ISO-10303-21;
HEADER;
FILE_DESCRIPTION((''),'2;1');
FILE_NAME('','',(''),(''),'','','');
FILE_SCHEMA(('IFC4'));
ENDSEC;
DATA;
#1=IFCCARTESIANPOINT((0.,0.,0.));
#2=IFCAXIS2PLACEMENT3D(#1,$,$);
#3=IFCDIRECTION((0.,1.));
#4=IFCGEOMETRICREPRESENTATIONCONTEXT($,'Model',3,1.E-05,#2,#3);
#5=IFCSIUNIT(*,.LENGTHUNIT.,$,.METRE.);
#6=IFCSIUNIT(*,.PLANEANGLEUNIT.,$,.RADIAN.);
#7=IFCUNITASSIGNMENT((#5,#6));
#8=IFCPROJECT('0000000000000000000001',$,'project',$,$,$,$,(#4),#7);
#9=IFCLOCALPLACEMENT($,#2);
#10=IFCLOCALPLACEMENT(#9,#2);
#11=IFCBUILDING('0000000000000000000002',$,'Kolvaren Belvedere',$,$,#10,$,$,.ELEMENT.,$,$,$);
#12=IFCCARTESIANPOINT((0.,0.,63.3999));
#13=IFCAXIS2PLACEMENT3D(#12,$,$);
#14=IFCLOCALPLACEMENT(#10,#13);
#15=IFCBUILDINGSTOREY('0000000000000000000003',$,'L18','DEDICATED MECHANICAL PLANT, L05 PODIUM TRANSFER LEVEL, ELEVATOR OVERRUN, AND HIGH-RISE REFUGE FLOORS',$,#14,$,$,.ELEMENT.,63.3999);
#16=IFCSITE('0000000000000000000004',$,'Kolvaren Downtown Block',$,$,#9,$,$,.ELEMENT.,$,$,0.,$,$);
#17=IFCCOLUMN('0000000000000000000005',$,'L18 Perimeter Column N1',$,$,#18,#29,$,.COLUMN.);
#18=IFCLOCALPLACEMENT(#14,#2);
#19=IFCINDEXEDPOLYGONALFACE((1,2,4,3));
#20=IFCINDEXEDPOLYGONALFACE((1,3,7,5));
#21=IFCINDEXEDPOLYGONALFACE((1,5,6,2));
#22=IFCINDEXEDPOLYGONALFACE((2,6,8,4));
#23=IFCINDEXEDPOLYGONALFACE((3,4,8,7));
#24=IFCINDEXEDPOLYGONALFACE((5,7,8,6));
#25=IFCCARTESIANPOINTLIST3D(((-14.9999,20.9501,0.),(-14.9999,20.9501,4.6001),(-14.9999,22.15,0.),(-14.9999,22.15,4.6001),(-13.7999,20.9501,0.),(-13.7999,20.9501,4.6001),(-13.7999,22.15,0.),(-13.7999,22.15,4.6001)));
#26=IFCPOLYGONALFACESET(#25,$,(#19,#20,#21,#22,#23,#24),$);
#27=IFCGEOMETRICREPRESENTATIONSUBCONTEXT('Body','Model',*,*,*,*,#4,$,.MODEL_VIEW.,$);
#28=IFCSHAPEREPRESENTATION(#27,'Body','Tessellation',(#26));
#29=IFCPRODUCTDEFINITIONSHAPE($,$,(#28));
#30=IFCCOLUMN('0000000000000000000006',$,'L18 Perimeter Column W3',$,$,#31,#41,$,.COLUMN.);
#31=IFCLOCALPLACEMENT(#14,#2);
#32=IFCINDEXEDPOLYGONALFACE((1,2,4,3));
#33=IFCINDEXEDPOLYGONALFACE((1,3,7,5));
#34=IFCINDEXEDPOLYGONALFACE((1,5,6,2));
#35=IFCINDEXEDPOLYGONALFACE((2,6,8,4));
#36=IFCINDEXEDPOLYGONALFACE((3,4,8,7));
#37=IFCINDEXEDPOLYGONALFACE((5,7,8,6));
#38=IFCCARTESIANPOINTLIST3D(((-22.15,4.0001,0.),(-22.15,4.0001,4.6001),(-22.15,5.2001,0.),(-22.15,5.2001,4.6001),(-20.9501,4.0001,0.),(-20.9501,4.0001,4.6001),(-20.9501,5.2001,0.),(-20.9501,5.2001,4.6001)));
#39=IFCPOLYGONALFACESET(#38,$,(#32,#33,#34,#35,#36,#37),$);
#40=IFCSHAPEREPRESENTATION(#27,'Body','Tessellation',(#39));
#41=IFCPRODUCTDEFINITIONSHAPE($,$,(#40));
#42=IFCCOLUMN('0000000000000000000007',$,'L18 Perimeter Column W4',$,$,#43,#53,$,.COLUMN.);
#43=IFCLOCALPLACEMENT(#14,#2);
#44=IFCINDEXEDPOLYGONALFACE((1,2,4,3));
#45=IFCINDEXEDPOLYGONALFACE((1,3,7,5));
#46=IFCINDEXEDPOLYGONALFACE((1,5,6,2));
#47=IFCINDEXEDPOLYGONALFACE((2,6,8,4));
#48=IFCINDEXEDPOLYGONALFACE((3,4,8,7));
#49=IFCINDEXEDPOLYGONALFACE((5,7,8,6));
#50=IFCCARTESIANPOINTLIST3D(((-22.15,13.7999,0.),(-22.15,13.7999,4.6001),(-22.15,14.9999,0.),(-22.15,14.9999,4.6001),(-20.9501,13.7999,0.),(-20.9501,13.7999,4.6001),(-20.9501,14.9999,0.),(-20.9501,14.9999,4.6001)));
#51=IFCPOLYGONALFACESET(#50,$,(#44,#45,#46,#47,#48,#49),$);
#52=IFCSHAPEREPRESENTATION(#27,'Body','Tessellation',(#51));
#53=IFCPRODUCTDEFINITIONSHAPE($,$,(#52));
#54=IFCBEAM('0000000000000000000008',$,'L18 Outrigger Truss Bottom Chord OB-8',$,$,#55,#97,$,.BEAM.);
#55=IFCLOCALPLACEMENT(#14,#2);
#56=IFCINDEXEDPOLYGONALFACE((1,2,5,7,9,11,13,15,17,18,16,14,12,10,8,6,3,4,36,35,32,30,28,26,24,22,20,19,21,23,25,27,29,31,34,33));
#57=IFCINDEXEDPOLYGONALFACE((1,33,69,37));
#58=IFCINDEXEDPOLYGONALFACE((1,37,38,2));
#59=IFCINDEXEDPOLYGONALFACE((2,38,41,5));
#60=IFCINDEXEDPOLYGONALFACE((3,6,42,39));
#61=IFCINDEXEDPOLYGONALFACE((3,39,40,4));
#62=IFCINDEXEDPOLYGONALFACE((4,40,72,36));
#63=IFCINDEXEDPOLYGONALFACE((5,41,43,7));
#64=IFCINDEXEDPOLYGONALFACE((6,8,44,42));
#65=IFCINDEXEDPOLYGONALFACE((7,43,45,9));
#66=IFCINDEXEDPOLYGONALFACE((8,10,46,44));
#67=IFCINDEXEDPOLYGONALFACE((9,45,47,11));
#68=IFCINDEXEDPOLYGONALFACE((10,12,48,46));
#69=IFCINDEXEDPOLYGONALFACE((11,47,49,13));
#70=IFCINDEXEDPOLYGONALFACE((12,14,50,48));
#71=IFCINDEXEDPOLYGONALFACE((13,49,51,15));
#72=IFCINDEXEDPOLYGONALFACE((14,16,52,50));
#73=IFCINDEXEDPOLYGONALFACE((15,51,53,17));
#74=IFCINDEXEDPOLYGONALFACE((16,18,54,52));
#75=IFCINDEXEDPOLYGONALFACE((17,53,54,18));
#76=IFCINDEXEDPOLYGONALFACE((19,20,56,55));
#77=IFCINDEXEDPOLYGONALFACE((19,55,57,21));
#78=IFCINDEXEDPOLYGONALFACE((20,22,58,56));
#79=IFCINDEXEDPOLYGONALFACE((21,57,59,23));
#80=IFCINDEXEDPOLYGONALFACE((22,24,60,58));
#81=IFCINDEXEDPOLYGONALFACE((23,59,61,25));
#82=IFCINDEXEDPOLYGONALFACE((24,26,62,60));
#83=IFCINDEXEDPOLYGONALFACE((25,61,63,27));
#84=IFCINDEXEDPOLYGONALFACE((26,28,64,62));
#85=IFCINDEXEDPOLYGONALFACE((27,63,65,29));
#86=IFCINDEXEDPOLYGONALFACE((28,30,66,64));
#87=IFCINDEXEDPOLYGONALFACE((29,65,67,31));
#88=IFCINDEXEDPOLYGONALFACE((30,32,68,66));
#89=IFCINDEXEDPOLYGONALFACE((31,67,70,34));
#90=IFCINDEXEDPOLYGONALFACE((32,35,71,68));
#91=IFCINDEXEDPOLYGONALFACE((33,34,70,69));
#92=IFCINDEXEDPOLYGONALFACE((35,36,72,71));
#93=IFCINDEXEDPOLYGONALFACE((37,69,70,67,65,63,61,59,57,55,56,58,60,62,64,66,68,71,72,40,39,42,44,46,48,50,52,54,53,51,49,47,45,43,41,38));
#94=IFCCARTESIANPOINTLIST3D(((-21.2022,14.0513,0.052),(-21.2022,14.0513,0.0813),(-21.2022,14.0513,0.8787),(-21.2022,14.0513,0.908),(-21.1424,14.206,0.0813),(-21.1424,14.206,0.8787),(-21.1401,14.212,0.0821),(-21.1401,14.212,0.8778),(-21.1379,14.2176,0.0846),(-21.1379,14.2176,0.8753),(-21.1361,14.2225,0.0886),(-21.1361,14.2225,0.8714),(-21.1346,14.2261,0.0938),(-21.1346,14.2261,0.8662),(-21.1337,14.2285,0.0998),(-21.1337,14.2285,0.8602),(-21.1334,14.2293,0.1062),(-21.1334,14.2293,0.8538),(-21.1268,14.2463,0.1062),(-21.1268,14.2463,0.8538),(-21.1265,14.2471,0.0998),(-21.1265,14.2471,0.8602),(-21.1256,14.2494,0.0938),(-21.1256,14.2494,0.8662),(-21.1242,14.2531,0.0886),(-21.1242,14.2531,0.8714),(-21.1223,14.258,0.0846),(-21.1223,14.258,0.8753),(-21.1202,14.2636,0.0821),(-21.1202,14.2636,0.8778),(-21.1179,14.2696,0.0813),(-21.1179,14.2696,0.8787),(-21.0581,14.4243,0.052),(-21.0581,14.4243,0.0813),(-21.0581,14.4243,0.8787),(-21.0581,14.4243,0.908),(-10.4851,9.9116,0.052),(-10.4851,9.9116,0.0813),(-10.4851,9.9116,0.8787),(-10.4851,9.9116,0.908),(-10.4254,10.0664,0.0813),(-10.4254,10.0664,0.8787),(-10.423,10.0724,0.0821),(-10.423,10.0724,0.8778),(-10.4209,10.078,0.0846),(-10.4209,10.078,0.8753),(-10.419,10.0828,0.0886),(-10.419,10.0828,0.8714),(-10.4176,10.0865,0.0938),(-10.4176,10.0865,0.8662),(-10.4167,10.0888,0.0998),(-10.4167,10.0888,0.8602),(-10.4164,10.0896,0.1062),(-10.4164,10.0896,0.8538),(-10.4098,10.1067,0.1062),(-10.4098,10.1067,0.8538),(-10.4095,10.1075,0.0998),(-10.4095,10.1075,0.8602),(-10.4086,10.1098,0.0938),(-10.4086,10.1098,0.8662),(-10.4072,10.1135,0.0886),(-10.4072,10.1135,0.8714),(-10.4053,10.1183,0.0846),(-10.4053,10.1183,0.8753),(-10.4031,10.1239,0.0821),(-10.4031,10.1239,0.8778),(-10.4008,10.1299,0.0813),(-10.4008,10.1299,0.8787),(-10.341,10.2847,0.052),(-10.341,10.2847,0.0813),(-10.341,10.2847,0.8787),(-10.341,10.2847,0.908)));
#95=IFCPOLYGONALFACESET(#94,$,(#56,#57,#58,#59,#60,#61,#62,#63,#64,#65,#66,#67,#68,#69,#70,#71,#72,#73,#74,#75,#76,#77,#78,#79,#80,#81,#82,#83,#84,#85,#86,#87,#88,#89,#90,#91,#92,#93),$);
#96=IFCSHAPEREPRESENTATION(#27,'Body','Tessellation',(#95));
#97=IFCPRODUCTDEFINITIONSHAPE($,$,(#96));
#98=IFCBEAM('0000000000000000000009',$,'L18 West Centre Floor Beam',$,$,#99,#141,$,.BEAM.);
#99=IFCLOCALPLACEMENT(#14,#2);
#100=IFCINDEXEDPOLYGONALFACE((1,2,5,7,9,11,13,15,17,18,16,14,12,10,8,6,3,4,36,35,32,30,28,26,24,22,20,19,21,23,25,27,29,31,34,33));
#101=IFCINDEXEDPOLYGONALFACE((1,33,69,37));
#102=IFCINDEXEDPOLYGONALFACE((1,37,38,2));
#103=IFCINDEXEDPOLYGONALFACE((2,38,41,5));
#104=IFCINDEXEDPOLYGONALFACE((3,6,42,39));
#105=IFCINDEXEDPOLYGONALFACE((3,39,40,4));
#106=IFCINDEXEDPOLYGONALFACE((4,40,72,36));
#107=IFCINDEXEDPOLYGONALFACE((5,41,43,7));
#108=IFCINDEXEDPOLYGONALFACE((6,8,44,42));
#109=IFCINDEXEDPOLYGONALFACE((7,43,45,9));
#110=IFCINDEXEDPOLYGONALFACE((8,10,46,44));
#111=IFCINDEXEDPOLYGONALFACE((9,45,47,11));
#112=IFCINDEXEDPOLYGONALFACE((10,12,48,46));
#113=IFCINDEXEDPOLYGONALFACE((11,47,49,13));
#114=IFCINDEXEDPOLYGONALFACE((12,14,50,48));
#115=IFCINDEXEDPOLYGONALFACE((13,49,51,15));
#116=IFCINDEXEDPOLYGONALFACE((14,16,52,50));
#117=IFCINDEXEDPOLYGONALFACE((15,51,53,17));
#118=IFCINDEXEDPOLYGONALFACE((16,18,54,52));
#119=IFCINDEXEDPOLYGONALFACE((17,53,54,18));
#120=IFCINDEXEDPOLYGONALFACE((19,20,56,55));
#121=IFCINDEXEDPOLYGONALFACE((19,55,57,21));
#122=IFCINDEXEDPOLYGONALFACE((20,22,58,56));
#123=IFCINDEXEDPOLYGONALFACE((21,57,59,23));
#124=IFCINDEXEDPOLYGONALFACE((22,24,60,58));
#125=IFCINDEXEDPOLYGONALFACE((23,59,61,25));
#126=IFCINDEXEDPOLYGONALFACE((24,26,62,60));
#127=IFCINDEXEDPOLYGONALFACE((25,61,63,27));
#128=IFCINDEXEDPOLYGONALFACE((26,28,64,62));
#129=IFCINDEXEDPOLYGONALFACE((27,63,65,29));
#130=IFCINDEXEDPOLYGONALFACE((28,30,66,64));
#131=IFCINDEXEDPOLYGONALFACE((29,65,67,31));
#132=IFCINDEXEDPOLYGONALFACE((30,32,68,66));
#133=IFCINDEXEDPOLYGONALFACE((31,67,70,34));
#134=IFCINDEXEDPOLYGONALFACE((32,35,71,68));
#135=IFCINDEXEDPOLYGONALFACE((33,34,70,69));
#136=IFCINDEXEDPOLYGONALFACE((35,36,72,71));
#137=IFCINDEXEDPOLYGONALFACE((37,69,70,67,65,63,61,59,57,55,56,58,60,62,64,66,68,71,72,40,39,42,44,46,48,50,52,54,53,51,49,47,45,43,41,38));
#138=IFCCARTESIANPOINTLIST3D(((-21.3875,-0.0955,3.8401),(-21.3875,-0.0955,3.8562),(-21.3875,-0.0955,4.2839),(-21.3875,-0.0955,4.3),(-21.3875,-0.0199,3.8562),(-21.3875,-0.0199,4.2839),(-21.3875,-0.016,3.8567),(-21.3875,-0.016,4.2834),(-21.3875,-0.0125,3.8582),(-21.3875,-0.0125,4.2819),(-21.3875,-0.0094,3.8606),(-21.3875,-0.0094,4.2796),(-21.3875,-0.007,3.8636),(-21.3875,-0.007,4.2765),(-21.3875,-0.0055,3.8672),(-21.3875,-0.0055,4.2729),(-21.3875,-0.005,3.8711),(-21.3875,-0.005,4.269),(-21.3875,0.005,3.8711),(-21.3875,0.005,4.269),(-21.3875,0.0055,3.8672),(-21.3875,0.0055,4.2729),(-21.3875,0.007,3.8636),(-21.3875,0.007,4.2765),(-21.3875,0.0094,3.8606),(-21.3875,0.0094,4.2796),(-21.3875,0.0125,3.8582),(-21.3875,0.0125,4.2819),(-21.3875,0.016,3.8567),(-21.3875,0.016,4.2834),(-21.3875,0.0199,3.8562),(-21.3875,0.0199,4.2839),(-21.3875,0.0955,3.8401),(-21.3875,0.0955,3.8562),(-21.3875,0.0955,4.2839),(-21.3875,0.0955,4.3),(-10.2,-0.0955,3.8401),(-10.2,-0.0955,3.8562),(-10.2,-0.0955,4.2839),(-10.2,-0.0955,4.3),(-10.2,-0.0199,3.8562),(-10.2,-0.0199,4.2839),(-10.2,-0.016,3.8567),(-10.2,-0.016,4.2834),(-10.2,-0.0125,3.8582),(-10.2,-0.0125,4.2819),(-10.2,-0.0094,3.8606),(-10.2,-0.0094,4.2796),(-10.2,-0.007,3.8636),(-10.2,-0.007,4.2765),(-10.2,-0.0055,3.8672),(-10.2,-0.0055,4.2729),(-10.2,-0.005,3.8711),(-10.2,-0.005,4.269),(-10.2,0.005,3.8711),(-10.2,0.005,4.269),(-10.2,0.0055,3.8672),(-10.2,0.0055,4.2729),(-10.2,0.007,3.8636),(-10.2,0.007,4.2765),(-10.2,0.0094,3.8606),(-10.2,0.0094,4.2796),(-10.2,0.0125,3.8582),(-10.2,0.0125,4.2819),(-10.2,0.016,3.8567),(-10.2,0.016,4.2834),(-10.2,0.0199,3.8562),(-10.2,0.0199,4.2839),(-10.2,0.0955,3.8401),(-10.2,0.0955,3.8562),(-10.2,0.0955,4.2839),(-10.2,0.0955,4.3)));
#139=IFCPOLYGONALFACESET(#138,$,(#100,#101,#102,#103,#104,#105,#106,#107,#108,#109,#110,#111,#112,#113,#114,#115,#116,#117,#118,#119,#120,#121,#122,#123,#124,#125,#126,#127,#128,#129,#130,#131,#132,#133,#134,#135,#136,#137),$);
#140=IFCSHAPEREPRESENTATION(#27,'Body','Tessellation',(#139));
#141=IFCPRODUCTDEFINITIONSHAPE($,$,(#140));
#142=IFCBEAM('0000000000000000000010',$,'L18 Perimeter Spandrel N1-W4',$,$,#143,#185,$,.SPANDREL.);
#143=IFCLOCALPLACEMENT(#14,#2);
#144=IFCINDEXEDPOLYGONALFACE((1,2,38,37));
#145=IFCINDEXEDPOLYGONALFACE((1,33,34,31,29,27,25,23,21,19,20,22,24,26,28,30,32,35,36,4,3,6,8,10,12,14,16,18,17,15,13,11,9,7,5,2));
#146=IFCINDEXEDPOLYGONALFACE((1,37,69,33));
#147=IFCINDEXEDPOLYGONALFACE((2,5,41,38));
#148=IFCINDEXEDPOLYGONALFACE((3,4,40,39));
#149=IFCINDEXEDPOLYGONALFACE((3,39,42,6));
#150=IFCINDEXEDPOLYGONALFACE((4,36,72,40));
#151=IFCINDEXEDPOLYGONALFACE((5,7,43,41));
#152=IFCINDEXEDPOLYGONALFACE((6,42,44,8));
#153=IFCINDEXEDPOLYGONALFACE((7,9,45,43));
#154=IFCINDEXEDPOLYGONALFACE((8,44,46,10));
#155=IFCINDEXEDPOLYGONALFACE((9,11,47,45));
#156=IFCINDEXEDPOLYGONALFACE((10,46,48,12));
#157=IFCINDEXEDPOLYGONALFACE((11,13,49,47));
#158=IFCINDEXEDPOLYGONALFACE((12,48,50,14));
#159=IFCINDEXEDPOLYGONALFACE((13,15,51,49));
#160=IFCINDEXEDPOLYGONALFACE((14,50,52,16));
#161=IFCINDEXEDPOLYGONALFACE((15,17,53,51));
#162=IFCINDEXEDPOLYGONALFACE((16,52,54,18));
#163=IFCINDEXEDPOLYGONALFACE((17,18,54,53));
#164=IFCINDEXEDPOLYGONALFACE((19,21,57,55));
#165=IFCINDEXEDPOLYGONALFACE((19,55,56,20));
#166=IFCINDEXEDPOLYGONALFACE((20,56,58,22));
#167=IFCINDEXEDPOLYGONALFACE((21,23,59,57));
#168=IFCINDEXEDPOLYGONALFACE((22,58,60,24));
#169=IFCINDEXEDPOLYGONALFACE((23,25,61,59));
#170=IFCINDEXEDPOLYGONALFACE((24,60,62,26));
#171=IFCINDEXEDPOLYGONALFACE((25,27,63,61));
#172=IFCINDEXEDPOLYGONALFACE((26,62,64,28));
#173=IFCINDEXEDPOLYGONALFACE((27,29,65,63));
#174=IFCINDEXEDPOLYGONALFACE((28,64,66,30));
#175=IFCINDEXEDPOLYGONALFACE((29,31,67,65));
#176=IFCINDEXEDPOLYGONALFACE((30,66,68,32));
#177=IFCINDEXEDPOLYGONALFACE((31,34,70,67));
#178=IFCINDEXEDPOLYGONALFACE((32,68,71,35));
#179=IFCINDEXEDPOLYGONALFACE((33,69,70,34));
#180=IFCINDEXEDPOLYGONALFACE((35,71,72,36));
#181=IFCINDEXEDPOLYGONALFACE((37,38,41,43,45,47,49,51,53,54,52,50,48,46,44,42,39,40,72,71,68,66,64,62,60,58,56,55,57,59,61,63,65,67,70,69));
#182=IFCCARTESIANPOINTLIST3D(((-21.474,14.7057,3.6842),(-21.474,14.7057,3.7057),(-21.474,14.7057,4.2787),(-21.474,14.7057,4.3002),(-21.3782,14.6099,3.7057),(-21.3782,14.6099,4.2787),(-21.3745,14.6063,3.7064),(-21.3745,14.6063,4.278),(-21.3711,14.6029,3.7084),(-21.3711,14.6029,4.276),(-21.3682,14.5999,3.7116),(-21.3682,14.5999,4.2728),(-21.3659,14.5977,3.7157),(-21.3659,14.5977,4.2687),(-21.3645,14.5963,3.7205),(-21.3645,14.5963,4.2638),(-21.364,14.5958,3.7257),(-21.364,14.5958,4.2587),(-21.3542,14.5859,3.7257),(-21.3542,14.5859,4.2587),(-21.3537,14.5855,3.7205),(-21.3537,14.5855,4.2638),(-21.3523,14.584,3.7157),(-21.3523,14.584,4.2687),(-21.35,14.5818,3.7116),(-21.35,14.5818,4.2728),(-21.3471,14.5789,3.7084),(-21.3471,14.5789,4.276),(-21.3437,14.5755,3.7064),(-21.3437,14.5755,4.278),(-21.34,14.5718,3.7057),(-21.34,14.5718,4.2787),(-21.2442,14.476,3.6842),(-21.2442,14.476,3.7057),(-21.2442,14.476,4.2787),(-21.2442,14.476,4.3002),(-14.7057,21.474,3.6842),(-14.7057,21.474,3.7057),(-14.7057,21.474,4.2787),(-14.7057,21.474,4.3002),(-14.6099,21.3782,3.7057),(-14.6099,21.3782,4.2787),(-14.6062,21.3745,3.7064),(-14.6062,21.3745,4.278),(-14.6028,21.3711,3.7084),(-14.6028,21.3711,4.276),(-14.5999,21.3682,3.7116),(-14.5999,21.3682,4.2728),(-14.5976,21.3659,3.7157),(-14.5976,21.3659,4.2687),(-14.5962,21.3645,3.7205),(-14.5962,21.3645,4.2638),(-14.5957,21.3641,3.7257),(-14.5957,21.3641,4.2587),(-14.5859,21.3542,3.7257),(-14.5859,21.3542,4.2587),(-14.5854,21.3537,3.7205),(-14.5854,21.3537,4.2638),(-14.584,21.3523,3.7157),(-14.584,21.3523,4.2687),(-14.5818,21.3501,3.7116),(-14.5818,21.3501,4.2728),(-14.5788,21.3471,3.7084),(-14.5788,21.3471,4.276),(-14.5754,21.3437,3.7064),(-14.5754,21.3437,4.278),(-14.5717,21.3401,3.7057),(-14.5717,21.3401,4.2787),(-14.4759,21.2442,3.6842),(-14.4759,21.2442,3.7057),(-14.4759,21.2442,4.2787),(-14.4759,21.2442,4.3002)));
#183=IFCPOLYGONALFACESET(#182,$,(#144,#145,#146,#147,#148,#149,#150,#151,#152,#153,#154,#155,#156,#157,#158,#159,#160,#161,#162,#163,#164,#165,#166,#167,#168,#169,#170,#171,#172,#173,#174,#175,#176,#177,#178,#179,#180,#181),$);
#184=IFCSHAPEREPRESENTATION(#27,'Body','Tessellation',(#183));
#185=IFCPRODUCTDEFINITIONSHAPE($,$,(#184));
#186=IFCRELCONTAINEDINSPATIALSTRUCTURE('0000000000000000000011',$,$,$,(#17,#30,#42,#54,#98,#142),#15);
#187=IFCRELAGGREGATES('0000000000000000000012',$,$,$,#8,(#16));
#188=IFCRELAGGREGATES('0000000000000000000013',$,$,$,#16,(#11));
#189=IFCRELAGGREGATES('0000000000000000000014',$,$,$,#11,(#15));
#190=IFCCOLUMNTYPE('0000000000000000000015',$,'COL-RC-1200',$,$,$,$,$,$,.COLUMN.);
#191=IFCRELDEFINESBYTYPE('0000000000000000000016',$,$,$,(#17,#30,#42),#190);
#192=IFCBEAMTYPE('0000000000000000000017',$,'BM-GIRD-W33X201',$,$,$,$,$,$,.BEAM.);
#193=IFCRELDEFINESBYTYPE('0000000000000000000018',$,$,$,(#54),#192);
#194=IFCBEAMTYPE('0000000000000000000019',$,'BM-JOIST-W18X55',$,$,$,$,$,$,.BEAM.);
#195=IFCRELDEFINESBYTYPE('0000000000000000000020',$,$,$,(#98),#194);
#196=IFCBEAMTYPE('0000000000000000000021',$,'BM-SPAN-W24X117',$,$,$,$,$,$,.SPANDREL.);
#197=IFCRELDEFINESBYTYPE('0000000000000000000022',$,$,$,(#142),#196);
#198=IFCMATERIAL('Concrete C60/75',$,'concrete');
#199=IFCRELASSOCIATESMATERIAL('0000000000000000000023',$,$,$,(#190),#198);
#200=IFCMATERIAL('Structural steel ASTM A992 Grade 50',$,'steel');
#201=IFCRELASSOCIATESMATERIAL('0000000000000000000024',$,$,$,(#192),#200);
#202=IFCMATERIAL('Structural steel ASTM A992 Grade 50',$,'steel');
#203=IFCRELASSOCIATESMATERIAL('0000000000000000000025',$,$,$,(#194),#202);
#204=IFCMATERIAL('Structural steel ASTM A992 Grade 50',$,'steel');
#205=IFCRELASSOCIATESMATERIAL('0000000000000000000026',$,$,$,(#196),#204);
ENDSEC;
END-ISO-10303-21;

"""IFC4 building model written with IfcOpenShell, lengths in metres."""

from ifc_helpers import new_model, si_unit, direction, frame, origin, origin_2d, place, context, subcontext, project, spatial, rectangle, i_section, extrude, material, material_profile, profile_set, type_object, element, save


model = new_model("IFC4")

# Units and contexts
model_context = context("Model", 3, precision=1e-05, world=origin(), true_north=direction((0.0, 1.0)))
body_context = subcontext(model_context, "Body", "Model", "MODEL_VIEW")
ifc_project = project(units=[si_unit("LENGTHUNIT", "METRE"), si_unit("PLANEANGLEUNIT", "RADIAN")], contexts=[model_context])

# Site, building, storey
site_placement = place(None, origin())
site = spatial("IfcSite", under=ifc_project, at=site_placement, Name="Kolvaren Downtown Block", CompositionType="ELEMENT", RefElevation=0.0)
building_placement = place(site_placement, origin())
building = spatial("IfcBuilding", under=site, at=building_placement, Name="Kolvaren Belvedere", CompositionType="ELEMENT")
storey_placement = place(building_placement, frame((0.0, 0.0, 63.3999)))
storey = spatial("IfcBuildingStorey", under=building, at=storey_placement, Name="L18", Description="DEDICATED MECHANICAL PLANT, L05 PODIUM TRANSFER LEVEL, ELEVATOR OVERRUN, AND HIGH-RISE REFUGE FLOORS", CompositionType="ELEMENT", Elevation=63.3999)

# Columns
ifc_material_1 = material(Name="Concrete C60/75", Category="concrete")
ifc_material_profile_1 = material_profile(ifc_material_1, rectangle(XDim=1.2, YDim=1.2, at=origin_2d()), Name="RC 1200X1200")
ifc_profile_set_1 = profile_set([ifc_material_profile_1], Name="Concrete C60/75")
column_type = type_object("IfcColumnType", Name="COL-RC-1200", PredefinedType="COLUMN", material=ifc_profile_set_1)
for number, where, z_axis, x_axis, name in (
    (1, (-14.3999, 21.55, 0.0), (0.0, 0.0, 1.0), (1.0, 0.0, 0.0), "L18 Perimeter Column N1"),
    (2, (-21.55, 4.6001, 0.0), (0.0, 0.0, 1.0), (1.0, 0.0, 0.0), "L18 Perimeter Column W3"),
    (3, (-21.55, 14.3999, 0.0), (0.0, 0.0, 1.0), (1.0, 0.0, 0.0), "L18 Perimeter Column W4"),
):
    element("IfcColumn", number, at=place(storey_placement, frame(where, z_axis=z_axis, x_axis=x_axis)), inside=storey, type_object=column_type, Name=name, PredefinedType="COLUMN", context=body_context, shape_type="SweptSolid", body=[
        extrude(rectangle(XDim=1.2, YDim=1.2, at=origin_2d()), origin(), (0.0, 0.0, 1.0), 4.6001),
    ])

# Beams
ifc_material_2 = material(Name="Structural steel ASTM A992 Grade 50", Category="steel")
ifc_material_profile_2 = material_profile(ifc_material_2, i_section(OverallWidth=0.3999, OverallDepth=0.856, WebThickness=0.0183, FlangeThickness=0.0293, FilletRadius=0.0249, at=origin_2d()), Name="W33X201")
ifc_profile_set_2 = profile_set([ifc_material_profile_2], Name="Structural steel ASTM A992 Grade 50")
beam_type_1 = type_object("IfcBeamType", Name="BM-GIRD-W33X201", PredefinedType="BEAM", material=ifc_profile_set_2)
beam_1_placement = place(storey_placement, frame((-10.4131, 10.0981, 0.48), z_axis=(-0.932828, 0.360322, 0.0), x_axis=(-0.360322, -0.932828, 0.0)))
element("IfcBeam", 4, at=beam_1_placement, inside=storey, type_object=beam_type_1, Name="L18 Outrigger Truss Bottom Chord OB-8", PredefinedType="BEAM", context=body_context, shape_type="SweptSolid", body=[
    extrude(i_section(OverallWidth=0.3999, OverallDepth=0.856, WebThickness=0.0183, FlangeThickness=0.0293, FilletRadius=0.0249, at=origin_2d()), origin(), (0.0, 0.0, 1.0), 11.4888),
])
ifc_material_3 = material(Name="Structural steel ASTM A992 Grade 50", Category="steel")
ifc_material_profile_3 = material_profile(ifc_material_3, i_section(OverallWidth=0.1909, OverallDepth=0.46, WebThickness=0.01, FlangeThickness=0.0161, FilletRadius=0.0149, at=origin_2d()), Name="W18X55")
ifc_profile_set_3 = profile_set([ifc_material_profile_3], Name="Structural steel ASTM A992 Grade 50")
beam_type_2 = type_object("IfcBeamType", Name="BM-JOIST-W18X55", PredefinedType="BEAM", material=ifc_profile_set_3)
beam_2_placement = place(storey_placement, frame((-10.2, 0.0, 4.0701), z_axis=(-1.0, 0.0, 0.0), x_axis=(0.0, -1.0, 0.0)))
element("IfcBeam", 5, at=beam_2_placement, inside=storey, type_object=beam_type_2, Name="L18 West Centre Floor Beam", PredefinedType="BEAM", context=body_context, shape_type="SweptSolid", body=[
    extrude(i_section(OverallWidth=0.1909, OverallDepth=0.46, WebThickness=0.01, FlangeThickness=0.0161, FilletRadius=0.0149, at=origin_2d()), origin(), (0.0, 0.0, 1.0), 11.1875),
])
ifc_material_4 = material(Name="Structural steel ASTM A992 Grade 50", Category="steel")
ifc_material_profile_4 = material_profile(ifc_material_4, i_section(OverallWidth=0.325, OverallDepth=0.616, WebThickness=0.0139, FlangeThickness=0.0215, FilletRadius=0.02, at=origin_2d()), Name="W24X117")
ifc_profile_set_4 = profile_set([ifc_material_profile_4], Name="Structural steel ASTM A992 Grade 50")
beam_type_3 = type_object("IfcBeamType", Name="BM-SPAN-W24X117", PredefinedType="SPANDREL", material=ifc_profile_set_4)
beam_3_placement = place(storey_placement, frame((-14.5908, 21.3591, 3.9922), z_axis=(-0.707107, -0.707107, 0.0), x_axis=(0.707107, -0.707107, 0.0)))
element("IfcBeam", 6, at=beam_3_placement, inside=storey, type_object=beam_type_3, Name="L18 Perimeter Spandrel N1-W4", PredefinedType="SPANDREL", context=body_context, shape_type="SweptSolid", body=[
    extrude(i_section(OverallWidth=0.325, OverallDepth=0.616, WebThickness=0.0139, FlangeThickness=0.0215, FilletRadius=0.02, at=origin_2d()), origin(), (0.0, 0.0, 1.0), 9.5718),
])

save(model, "model.ifc")
